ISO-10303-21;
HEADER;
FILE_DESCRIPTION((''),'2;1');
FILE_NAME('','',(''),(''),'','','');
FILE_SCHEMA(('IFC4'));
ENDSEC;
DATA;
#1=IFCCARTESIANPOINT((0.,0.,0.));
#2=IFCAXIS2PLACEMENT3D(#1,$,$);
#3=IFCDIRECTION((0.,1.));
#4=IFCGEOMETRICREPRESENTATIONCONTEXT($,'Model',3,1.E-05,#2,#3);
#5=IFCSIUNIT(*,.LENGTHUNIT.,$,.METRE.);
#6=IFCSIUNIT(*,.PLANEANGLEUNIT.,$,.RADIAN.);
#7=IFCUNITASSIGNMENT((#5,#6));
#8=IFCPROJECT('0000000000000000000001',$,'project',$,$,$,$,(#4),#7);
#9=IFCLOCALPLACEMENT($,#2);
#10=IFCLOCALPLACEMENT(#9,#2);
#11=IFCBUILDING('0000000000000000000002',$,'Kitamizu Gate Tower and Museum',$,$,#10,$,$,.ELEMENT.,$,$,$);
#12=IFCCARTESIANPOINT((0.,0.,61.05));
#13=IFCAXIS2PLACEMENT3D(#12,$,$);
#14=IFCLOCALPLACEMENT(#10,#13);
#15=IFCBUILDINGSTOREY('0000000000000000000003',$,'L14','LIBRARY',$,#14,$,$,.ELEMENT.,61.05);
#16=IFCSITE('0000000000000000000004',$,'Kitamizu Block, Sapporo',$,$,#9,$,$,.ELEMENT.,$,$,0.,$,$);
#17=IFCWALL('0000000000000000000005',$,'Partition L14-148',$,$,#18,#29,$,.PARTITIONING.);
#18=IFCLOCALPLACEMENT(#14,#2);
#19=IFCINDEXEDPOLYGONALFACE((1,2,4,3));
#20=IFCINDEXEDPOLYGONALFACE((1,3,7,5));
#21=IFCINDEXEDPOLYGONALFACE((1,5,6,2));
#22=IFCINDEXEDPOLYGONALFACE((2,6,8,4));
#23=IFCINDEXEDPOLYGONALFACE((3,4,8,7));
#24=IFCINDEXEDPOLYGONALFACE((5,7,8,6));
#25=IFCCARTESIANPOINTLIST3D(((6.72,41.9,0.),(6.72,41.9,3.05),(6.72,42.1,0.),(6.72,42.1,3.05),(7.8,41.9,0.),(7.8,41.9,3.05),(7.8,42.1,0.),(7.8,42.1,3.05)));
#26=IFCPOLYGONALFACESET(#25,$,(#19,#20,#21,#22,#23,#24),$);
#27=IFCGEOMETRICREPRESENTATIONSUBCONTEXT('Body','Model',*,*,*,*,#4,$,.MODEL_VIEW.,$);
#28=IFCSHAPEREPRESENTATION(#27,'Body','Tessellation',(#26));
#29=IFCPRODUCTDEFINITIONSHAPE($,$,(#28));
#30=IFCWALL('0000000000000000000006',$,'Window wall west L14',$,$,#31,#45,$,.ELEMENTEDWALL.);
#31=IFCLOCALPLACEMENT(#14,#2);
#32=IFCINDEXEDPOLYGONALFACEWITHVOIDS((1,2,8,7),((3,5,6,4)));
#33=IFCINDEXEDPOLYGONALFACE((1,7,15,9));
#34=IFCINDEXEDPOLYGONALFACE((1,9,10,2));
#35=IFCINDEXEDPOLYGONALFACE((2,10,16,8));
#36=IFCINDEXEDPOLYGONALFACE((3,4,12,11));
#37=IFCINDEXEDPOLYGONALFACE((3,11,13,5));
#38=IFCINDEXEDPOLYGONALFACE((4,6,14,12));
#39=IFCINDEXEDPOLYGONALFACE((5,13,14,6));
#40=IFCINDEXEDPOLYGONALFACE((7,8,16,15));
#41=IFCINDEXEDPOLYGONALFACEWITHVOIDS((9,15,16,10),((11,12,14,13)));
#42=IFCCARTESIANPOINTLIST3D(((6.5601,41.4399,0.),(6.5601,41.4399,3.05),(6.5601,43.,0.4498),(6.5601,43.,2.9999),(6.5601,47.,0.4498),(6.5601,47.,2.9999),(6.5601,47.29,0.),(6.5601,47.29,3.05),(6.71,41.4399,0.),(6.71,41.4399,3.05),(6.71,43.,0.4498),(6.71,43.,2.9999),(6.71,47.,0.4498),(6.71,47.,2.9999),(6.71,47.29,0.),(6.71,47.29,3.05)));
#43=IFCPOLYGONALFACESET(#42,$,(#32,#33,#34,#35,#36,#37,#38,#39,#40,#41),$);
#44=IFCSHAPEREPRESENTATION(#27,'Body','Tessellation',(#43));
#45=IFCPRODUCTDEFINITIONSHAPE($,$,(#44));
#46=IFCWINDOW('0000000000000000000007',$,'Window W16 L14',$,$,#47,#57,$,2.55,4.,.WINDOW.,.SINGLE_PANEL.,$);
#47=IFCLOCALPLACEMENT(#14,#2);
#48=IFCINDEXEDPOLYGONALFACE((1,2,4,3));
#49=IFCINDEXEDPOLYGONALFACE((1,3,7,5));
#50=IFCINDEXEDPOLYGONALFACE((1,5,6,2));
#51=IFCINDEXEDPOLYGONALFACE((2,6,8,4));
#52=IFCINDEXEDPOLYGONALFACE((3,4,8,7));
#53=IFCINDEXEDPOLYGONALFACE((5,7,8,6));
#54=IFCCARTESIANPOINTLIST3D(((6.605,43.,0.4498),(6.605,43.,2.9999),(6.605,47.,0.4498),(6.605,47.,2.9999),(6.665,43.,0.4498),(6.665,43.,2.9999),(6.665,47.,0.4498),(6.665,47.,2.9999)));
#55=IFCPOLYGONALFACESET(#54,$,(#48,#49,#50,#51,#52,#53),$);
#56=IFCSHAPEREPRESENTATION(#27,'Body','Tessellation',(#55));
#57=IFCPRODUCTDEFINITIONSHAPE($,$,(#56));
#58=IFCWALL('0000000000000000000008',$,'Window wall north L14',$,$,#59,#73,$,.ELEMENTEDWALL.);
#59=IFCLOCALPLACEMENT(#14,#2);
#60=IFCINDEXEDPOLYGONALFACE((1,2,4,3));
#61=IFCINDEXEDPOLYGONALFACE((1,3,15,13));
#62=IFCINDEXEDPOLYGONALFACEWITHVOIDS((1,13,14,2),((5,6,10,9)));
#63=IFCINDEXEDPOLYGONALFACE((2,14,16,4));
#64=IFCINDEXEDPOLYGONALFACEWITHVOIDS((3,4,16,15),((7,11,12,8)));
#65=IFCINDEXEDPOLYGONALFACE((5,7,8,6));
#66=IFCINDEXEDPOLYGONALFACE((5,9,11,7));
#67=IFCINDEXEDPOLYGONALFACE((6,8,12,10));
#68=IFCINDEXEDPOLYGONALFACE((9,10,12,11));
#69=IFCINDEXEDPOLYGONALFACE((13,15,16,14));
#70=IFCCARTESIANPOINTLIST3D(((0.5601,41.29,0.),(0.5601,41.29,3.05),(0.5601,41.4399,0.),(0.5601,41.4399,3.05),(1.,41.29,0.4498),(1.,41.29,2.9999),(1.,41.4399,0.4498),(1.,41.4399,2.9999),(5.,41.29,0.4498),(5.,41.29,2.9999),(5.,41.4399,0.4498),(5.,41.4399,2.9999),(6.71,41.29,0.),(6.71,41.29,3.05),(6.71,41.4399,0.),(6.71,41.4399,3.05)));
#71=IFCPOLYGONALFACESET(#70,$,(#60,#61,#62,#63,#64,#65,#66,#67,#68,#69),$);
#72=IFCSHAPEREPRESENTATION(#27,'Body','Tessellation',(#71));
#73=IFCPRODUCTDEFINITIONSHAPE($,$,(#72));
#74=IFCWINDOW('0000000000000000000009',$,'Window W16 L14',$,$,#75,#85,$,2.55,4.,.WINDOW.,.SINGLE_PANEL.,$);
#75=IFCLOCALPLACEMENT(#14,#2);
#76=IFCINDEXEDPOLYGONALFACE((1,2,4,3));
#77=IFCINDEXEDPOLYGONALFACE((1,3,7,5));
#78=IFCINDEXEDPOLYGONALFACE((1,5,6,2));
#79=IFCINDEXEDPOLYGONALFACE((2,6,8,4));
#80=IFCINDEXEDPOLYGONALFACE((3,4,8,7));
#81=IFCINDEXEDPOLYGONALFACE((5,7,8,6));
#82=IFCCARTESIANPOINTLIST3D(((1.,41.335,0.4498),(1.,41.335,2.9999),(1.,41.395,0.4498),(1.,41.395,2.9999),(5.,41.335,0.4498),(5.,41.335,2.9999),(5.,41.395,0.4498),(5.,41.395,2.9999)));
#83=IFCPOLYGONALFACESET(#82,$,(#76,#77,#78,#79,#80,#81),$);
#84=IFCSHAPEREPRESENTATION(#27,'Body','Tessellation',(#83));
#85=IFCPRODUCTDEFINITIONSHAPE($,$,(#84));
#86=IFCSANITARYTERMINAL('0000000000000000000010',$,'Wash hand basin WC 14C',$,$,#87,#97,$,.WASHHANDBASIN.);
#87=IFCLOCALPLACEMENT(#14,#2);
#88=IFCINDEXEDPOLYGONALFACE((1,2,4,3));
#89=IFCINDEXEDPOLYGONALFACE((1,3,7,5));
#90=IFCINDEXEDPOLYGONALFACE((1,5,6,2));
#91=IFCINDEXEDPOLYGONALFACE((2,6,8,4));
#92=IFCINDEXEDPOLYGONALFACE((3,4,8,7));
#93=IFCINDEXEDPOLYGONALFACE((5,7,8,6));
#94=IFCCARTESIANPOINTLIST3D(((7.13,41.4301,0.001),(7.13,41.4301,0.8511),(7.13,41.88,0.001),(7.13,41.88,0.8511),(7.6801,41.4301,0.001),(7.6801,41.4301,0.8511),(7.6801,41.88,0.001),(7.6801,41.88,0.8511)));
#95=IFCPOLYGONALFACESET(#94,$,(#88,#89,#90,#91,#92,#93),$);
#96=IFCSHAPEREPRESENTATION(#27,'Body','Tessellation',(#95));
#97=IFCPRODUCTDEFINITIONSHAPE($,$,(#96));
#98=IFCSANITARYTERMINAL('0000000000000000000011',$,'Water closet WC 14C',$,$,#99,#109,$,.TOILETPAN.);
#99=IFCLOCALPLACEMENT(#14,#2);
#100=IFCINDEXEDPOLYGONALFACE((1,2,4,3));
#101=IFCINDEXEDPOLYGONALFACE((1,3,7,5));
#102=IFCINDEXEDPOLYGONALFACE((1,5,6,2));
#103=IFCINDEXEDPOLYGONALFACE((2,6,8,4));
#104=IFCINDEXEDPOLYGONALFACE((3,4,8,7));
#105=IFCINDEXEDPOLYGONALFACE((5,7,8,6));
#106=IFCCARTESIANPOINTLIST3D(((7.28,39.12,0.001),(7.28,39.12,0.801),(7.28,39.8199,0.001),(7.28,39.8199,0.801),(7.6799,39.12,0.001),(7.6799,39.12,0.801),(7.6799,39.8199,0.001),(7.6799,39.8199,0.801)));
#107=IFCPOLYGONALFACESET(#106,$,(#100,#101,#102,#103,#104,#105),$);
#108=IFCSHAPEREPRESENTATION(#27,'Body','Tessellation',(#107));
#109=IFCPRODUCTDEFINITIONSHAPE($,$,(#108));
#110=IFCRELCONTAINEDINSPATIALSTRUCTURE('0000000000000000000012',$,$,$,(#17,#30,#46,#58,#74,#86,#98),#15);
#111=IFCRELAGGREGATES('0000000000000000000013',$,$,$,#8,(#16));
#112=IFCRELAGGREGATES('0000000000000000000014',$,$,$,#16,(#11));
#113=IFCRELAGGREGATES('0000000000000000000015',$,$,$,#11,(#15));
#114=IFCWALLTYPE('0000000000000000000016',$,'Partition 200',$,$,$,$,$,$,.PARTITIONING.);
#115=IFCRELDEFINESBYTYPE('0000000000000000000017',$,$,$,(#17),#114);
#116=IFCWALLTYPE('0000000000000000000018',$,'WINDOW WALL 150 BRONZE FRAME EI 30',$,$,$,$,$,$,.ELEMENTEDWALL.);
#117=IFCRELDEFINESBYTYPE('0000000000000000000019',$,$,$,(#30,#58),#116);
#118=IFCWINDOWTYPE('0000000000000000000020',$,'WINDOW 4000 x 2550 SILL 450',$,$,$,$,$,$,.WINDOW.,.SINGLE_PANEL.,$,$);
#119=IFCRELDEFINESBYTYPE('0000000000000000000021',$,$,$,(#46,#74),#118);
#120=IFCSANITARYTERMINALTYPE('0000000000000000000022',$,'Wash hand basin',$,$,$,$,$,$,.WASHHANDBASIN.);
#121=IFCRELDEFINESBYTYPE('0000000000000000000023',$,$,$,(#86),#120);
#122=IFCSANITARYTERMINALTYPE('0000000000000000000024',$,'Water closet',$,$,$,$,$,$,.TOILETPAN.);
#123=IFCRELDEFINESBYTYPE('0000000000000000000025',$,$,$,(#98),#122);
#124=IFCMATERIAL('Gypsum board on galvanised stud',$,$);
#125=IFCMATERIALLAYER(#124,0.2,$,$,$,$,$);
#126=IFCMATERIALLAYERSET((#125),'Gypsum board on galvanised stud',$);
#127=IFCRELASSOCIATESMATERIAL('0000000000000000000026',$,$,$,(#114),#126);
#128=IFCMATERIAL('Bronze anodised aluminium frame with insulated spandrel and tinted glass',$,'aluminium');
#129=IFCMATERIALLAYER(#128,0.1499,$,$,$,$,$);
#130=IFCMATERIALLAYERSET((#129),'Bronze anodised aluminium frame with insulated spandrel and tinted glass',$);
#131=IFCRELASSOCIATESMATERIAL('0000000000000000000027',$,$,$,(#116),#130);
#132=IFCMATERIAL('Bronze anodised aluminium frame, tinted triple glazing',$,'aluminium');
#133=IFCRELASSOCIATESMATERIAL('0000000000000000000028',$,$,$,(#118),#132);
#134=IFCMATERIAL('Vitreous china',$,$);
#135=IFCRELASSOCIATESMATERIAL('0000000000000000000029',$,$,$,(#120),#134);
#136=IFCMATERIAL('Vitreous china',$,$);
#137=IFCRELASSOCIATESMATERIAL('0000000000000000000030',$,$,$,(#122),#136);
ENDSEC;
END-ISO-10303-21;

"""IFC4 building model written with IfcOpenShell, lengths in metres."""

from ifc_helpers import new_model, si_unit, direction, frame, frame_2d, origin, origin_2d, place, context, subcontext, project, spatial, rectangle, extrude, material, layer, layer_set, type_object, element, fill, save


model = new_model("IFC4")

# Units and contexts
model_context = context("Model", 3, precision=1e-05, world=origin(), true_north=direction((0.0, 1.0)))
body_context = subcontext(model_context, "Body", "Model", "MODEL_VIEW")
ifc_project = project(units=[si_unit("LENGTHUNIT", "METRE"), si_unit("PLANEANGLEUNIT", "RADIAN")], contexts=[model_context])

# Site, building, storey
site_placement = place(None, origin())
site = spatial("IfcSite", under=ifc_project, at=site_placement, Name="Kitamizu Block, Sapporo", CompositionType="ELEMENT", RefElevation=0.0)
building_placement = place(site_placement, origin())
building = spatial("IfcBuilding", under=site, at=building_placement, Name="Kitamizu Gate Tower and Museum", CompositionType="ELEMENT")
storey_placement = place(building_placement, frame((0.0, 0.0, 61.05)))
storey = spatial("IfcBuildingStorey", under=building, at=storey_placement, Name="L14", Description="LIBRARY", CompositionType="ELEMENT", Elevation=61.05)

# Wall
ifc_material_1 = material(Name="Gypsum board on galvanised stud")
ifc_layer_1 = layer(ifc_material_1, 0.2)
ifc_layer_set_1 = layer_set([ifc_layer_1], Name="Gypsum board on galvanised stud")
wall_type_1 = type_object("IfcWallType", Name="Partition 200", PredefinedType="PARTITIONING", material=ifc_layer_set_1)
wall_1_placement = place(storey_placement, frame((7.8, 42.0, 0.0), z_axis=(0.0, 0.0, 1.0), x_axis=(-1.0, 0.0, 0.0)))
element("IfcWall", 1, at=wall_1_placement, inside=storey, type_object=wall_type_1, Name="Partition L14-148", PredefinedType="PARTITIONING", context=body_context, shape_type="SweptSolid", body=[
    extrude(rectangle(XDim=1.0801, YDim=0.2, at=frame_2d((0.54, 0.0))), origin(), (0.0, 0.0, 1.0), 3.05),
])

# Shared definitions
ifc_material_2 = material(Name="Bronze anodised aluminium frame with insulated spandrel and tinted glass", Category="aluminium")
ifc_layer_2 = layer(ifc_material_2, 0.1499)
ifc_layer_set_2 = layer_set([ifc_layer_2], Name="Bronze anodised aluminium frame with insulated spandrel and tinted glass")
wall_type_2 = type_object("IfcWallType", Name="WINDOW WALL 150 BRONZE FRAME EI 30", PredefinedType="ELEMENTEDWALL", material=ifc_layer_set_2)

# Walls, openings, windows
wall_2_placement = place(storey_placement, frame((6.635, 41.4399, 0.0), z_axis=(0.0, 0.0, 1.0), x_axis=(0.0, 1.0, 0.0)))
wall_2 = element("IfcWall", 2, at=wall_2_placement, inside=storey, type_object=wall_type_2, Name="Window wall west L14", PredefinedType="ELEMENTEDWALL", context=body_context, shape_type="SweptSolid", body=[
    extrude(rectangle(XDim=5.8501, YDim=0.1499, at=frame_2d((2.925, 0.0))), origin(), (0.0, 0.0, 1.0), 3.05),
])
opening_1_placement = place(wall_2_placement, frame((1.5601, 0.0, 0.45)))
opening_1 = element("IfcOpeningElement", 3, at=opening_1_placement, cuts=wall_2, PredefinedType="OPENING", context=body_context, shape_type="SweptSolid", body=[
    extrude(rectangle(XDim=4.0, YDim=2.55, at=frame_2d((2.0, 1.2749))), frame((0.0, 0.085, 0.0), z_axis=(0.0, -1.0, 0.0), x_axis=(1.0, 0.0, 0.0)), (0.0, 0.0, 1.0), 0.1699),
])
ifc_material_3 = material(Name="Bronze anodised aluminium frame, tinted triple glazing", Category="aluminium")
window_type_1 = type_object("IfcWindowType", Name="WINDOW 4000 x 2550 SILL 450", PartitioningType="SINGLE_PANEL", PredefinedType="WINDOW", material=ifc_material_3)
window_1_placement = place(opening_1_placement, origin())
window_1 = element("IfcWindow", 4, at=window_1_placement, inside=storey, type_object=window_type_1, Name="Window W16 L14", OverallHeight=2.55, OverallWidth=4.0, PartitioningType="SINGLE_PANEL", PredefinedType="WINDOW", context=body_context, shape_type="SweptSolid", body=[
    extrude(rectangle(XDim=4.0, YDim=2.55, at=frame_2d((2.0, 1.2749))), frame((0.0, 0.03, 0.0), z_axis=(0.0, -1.0, 0.0), x_axis=(1.0, 0.0, 0.0)), (0.0, 0.0, 1.0), 0.0601),
])
fill(opening_1, window_1)
wall_3_placement = place(storey_placement, frame((0.5601, 41.365, 0.0), z_axis=(0.0, 0.0, 1.0), x_axis=(1.0, 0.0, 0.0)))
wall_3 = element("IfcWall", 5, at=wall_3_placement, inside=storey, type_object=wall_type_2, Name="Window wall north L14", PredefinedType="ELEMENTEDWALL", context=body_context, shape_type="SweptSolid", body=[
    extrude(rectangle(XDim=6.1499, YDim=0.1499, at=frame_2d((3.075, 0.0))), origin(), (0.0, 0.0, 1.0), 3.05),
])
opening_2_placement = place(wall_3_placement, frame((0.4399, 0.0, 0.45)))
opening_2 = element("IfcOpeningElement", 6, at=opening_2_placement, cuts=wall_3, PredefinedType="OPENING", context=body_context, shape_type="SweptSolid", body=[
    extrude(rectangle(XDim=4.0, YDim=2.55, at=frame_2d((2.0, 1.2749))), frame((0.0, 0.085, 0.0), z_axis=(0.0, -1.0, 0.0), x_axis=(1.0, 0.0, 0.0)), (0.0, 0.0, 1.0), 0.1699),
])
window_2_placement = place(opening_2_placement, origin())
window_2 = element("IfcWindow", 7, at=window_2_placement, inside=storey, type_object=window_type_1, Name="Window W16 L14", OverallHeight=2.55, OverallWidth=4.0, PartitioningType="SINGLE_PANEL", PredefinedType="WINDOW", context=body_context, shape_type="SweptSolid", body=[
    extrude(rectangle(XDim=4.0, YDim=2.55, at=frame_2d((2.0, 1.2749))), frame((0.0, 0.03, 0.0), z_axis=(0.0, -1.0, 0.0), x_axis=(1.0, 0.0, 0.0)), (0.0, 0.0, 1.0), 0.0601),
])
fill(opening_2, window_2)

# Sanitary terminals
ifc_material_4 = material(Name="Vitreous china")
sanitary_terminal_type_1 = type_object("IfcSanitaryTerminalType", Name="Wash hand basin", PredefinedType="WASHHANDBASIN", material=ifc_material_4)
sanitary_terminal_1_placement = place(storey_placement, frame((7.405, 41.655, 0.001), z_axis=(0.0, 0.0, 1.0), x_axis=(1.0, 0.0, 0.0)))
element("IfcSanitaryTerminal", 8, at=sanitary_terminal_1_placement, inside=storey, type_object=sanitary_terminal_type_1, Name="Wash hand basin WC 14C", PredefinedType="WASHHANDBASIN", context=body_context, shape_type="SweptSolid", body=[
    extrude(rectangle(XDim=0.55, YDim=0.45, at=origin_2d()), origin(), (0.0, 0.0, 1.0), 0.8501),
])
ifc_material_5 = material(Name="Vitreous china")
sanitary_terminal_type_2 = type_object("IfcSanitaryTerminalType", Name="Water closet", PredefinedType="TOILETPAN", material=ifc_material_5)
sanitary_terminal_2_placement = place(storey_placement, frame((7.48, 39.47, 0.001), z_axis=(0.0, 0.0, 1.0), x_axis=(1.0, 0.0, 0.0)))
element("IfcSanitaryTerminal", 9, at=sanitary_terminal_2_placement, inside=storey, type_object=sanitary_terminal_type_2, Name="Water closet WC 14C", PredefinedType="TOILETPAN", context=body_context, shape_type="SweptSolid", body=[
    extrude(rectangle(XDim=0.3999, YDim=0.7, at=origin_2d()), origin(), (0.0, 0.0, 1.0), 0.8),
])

save(model, "model.ifc")
